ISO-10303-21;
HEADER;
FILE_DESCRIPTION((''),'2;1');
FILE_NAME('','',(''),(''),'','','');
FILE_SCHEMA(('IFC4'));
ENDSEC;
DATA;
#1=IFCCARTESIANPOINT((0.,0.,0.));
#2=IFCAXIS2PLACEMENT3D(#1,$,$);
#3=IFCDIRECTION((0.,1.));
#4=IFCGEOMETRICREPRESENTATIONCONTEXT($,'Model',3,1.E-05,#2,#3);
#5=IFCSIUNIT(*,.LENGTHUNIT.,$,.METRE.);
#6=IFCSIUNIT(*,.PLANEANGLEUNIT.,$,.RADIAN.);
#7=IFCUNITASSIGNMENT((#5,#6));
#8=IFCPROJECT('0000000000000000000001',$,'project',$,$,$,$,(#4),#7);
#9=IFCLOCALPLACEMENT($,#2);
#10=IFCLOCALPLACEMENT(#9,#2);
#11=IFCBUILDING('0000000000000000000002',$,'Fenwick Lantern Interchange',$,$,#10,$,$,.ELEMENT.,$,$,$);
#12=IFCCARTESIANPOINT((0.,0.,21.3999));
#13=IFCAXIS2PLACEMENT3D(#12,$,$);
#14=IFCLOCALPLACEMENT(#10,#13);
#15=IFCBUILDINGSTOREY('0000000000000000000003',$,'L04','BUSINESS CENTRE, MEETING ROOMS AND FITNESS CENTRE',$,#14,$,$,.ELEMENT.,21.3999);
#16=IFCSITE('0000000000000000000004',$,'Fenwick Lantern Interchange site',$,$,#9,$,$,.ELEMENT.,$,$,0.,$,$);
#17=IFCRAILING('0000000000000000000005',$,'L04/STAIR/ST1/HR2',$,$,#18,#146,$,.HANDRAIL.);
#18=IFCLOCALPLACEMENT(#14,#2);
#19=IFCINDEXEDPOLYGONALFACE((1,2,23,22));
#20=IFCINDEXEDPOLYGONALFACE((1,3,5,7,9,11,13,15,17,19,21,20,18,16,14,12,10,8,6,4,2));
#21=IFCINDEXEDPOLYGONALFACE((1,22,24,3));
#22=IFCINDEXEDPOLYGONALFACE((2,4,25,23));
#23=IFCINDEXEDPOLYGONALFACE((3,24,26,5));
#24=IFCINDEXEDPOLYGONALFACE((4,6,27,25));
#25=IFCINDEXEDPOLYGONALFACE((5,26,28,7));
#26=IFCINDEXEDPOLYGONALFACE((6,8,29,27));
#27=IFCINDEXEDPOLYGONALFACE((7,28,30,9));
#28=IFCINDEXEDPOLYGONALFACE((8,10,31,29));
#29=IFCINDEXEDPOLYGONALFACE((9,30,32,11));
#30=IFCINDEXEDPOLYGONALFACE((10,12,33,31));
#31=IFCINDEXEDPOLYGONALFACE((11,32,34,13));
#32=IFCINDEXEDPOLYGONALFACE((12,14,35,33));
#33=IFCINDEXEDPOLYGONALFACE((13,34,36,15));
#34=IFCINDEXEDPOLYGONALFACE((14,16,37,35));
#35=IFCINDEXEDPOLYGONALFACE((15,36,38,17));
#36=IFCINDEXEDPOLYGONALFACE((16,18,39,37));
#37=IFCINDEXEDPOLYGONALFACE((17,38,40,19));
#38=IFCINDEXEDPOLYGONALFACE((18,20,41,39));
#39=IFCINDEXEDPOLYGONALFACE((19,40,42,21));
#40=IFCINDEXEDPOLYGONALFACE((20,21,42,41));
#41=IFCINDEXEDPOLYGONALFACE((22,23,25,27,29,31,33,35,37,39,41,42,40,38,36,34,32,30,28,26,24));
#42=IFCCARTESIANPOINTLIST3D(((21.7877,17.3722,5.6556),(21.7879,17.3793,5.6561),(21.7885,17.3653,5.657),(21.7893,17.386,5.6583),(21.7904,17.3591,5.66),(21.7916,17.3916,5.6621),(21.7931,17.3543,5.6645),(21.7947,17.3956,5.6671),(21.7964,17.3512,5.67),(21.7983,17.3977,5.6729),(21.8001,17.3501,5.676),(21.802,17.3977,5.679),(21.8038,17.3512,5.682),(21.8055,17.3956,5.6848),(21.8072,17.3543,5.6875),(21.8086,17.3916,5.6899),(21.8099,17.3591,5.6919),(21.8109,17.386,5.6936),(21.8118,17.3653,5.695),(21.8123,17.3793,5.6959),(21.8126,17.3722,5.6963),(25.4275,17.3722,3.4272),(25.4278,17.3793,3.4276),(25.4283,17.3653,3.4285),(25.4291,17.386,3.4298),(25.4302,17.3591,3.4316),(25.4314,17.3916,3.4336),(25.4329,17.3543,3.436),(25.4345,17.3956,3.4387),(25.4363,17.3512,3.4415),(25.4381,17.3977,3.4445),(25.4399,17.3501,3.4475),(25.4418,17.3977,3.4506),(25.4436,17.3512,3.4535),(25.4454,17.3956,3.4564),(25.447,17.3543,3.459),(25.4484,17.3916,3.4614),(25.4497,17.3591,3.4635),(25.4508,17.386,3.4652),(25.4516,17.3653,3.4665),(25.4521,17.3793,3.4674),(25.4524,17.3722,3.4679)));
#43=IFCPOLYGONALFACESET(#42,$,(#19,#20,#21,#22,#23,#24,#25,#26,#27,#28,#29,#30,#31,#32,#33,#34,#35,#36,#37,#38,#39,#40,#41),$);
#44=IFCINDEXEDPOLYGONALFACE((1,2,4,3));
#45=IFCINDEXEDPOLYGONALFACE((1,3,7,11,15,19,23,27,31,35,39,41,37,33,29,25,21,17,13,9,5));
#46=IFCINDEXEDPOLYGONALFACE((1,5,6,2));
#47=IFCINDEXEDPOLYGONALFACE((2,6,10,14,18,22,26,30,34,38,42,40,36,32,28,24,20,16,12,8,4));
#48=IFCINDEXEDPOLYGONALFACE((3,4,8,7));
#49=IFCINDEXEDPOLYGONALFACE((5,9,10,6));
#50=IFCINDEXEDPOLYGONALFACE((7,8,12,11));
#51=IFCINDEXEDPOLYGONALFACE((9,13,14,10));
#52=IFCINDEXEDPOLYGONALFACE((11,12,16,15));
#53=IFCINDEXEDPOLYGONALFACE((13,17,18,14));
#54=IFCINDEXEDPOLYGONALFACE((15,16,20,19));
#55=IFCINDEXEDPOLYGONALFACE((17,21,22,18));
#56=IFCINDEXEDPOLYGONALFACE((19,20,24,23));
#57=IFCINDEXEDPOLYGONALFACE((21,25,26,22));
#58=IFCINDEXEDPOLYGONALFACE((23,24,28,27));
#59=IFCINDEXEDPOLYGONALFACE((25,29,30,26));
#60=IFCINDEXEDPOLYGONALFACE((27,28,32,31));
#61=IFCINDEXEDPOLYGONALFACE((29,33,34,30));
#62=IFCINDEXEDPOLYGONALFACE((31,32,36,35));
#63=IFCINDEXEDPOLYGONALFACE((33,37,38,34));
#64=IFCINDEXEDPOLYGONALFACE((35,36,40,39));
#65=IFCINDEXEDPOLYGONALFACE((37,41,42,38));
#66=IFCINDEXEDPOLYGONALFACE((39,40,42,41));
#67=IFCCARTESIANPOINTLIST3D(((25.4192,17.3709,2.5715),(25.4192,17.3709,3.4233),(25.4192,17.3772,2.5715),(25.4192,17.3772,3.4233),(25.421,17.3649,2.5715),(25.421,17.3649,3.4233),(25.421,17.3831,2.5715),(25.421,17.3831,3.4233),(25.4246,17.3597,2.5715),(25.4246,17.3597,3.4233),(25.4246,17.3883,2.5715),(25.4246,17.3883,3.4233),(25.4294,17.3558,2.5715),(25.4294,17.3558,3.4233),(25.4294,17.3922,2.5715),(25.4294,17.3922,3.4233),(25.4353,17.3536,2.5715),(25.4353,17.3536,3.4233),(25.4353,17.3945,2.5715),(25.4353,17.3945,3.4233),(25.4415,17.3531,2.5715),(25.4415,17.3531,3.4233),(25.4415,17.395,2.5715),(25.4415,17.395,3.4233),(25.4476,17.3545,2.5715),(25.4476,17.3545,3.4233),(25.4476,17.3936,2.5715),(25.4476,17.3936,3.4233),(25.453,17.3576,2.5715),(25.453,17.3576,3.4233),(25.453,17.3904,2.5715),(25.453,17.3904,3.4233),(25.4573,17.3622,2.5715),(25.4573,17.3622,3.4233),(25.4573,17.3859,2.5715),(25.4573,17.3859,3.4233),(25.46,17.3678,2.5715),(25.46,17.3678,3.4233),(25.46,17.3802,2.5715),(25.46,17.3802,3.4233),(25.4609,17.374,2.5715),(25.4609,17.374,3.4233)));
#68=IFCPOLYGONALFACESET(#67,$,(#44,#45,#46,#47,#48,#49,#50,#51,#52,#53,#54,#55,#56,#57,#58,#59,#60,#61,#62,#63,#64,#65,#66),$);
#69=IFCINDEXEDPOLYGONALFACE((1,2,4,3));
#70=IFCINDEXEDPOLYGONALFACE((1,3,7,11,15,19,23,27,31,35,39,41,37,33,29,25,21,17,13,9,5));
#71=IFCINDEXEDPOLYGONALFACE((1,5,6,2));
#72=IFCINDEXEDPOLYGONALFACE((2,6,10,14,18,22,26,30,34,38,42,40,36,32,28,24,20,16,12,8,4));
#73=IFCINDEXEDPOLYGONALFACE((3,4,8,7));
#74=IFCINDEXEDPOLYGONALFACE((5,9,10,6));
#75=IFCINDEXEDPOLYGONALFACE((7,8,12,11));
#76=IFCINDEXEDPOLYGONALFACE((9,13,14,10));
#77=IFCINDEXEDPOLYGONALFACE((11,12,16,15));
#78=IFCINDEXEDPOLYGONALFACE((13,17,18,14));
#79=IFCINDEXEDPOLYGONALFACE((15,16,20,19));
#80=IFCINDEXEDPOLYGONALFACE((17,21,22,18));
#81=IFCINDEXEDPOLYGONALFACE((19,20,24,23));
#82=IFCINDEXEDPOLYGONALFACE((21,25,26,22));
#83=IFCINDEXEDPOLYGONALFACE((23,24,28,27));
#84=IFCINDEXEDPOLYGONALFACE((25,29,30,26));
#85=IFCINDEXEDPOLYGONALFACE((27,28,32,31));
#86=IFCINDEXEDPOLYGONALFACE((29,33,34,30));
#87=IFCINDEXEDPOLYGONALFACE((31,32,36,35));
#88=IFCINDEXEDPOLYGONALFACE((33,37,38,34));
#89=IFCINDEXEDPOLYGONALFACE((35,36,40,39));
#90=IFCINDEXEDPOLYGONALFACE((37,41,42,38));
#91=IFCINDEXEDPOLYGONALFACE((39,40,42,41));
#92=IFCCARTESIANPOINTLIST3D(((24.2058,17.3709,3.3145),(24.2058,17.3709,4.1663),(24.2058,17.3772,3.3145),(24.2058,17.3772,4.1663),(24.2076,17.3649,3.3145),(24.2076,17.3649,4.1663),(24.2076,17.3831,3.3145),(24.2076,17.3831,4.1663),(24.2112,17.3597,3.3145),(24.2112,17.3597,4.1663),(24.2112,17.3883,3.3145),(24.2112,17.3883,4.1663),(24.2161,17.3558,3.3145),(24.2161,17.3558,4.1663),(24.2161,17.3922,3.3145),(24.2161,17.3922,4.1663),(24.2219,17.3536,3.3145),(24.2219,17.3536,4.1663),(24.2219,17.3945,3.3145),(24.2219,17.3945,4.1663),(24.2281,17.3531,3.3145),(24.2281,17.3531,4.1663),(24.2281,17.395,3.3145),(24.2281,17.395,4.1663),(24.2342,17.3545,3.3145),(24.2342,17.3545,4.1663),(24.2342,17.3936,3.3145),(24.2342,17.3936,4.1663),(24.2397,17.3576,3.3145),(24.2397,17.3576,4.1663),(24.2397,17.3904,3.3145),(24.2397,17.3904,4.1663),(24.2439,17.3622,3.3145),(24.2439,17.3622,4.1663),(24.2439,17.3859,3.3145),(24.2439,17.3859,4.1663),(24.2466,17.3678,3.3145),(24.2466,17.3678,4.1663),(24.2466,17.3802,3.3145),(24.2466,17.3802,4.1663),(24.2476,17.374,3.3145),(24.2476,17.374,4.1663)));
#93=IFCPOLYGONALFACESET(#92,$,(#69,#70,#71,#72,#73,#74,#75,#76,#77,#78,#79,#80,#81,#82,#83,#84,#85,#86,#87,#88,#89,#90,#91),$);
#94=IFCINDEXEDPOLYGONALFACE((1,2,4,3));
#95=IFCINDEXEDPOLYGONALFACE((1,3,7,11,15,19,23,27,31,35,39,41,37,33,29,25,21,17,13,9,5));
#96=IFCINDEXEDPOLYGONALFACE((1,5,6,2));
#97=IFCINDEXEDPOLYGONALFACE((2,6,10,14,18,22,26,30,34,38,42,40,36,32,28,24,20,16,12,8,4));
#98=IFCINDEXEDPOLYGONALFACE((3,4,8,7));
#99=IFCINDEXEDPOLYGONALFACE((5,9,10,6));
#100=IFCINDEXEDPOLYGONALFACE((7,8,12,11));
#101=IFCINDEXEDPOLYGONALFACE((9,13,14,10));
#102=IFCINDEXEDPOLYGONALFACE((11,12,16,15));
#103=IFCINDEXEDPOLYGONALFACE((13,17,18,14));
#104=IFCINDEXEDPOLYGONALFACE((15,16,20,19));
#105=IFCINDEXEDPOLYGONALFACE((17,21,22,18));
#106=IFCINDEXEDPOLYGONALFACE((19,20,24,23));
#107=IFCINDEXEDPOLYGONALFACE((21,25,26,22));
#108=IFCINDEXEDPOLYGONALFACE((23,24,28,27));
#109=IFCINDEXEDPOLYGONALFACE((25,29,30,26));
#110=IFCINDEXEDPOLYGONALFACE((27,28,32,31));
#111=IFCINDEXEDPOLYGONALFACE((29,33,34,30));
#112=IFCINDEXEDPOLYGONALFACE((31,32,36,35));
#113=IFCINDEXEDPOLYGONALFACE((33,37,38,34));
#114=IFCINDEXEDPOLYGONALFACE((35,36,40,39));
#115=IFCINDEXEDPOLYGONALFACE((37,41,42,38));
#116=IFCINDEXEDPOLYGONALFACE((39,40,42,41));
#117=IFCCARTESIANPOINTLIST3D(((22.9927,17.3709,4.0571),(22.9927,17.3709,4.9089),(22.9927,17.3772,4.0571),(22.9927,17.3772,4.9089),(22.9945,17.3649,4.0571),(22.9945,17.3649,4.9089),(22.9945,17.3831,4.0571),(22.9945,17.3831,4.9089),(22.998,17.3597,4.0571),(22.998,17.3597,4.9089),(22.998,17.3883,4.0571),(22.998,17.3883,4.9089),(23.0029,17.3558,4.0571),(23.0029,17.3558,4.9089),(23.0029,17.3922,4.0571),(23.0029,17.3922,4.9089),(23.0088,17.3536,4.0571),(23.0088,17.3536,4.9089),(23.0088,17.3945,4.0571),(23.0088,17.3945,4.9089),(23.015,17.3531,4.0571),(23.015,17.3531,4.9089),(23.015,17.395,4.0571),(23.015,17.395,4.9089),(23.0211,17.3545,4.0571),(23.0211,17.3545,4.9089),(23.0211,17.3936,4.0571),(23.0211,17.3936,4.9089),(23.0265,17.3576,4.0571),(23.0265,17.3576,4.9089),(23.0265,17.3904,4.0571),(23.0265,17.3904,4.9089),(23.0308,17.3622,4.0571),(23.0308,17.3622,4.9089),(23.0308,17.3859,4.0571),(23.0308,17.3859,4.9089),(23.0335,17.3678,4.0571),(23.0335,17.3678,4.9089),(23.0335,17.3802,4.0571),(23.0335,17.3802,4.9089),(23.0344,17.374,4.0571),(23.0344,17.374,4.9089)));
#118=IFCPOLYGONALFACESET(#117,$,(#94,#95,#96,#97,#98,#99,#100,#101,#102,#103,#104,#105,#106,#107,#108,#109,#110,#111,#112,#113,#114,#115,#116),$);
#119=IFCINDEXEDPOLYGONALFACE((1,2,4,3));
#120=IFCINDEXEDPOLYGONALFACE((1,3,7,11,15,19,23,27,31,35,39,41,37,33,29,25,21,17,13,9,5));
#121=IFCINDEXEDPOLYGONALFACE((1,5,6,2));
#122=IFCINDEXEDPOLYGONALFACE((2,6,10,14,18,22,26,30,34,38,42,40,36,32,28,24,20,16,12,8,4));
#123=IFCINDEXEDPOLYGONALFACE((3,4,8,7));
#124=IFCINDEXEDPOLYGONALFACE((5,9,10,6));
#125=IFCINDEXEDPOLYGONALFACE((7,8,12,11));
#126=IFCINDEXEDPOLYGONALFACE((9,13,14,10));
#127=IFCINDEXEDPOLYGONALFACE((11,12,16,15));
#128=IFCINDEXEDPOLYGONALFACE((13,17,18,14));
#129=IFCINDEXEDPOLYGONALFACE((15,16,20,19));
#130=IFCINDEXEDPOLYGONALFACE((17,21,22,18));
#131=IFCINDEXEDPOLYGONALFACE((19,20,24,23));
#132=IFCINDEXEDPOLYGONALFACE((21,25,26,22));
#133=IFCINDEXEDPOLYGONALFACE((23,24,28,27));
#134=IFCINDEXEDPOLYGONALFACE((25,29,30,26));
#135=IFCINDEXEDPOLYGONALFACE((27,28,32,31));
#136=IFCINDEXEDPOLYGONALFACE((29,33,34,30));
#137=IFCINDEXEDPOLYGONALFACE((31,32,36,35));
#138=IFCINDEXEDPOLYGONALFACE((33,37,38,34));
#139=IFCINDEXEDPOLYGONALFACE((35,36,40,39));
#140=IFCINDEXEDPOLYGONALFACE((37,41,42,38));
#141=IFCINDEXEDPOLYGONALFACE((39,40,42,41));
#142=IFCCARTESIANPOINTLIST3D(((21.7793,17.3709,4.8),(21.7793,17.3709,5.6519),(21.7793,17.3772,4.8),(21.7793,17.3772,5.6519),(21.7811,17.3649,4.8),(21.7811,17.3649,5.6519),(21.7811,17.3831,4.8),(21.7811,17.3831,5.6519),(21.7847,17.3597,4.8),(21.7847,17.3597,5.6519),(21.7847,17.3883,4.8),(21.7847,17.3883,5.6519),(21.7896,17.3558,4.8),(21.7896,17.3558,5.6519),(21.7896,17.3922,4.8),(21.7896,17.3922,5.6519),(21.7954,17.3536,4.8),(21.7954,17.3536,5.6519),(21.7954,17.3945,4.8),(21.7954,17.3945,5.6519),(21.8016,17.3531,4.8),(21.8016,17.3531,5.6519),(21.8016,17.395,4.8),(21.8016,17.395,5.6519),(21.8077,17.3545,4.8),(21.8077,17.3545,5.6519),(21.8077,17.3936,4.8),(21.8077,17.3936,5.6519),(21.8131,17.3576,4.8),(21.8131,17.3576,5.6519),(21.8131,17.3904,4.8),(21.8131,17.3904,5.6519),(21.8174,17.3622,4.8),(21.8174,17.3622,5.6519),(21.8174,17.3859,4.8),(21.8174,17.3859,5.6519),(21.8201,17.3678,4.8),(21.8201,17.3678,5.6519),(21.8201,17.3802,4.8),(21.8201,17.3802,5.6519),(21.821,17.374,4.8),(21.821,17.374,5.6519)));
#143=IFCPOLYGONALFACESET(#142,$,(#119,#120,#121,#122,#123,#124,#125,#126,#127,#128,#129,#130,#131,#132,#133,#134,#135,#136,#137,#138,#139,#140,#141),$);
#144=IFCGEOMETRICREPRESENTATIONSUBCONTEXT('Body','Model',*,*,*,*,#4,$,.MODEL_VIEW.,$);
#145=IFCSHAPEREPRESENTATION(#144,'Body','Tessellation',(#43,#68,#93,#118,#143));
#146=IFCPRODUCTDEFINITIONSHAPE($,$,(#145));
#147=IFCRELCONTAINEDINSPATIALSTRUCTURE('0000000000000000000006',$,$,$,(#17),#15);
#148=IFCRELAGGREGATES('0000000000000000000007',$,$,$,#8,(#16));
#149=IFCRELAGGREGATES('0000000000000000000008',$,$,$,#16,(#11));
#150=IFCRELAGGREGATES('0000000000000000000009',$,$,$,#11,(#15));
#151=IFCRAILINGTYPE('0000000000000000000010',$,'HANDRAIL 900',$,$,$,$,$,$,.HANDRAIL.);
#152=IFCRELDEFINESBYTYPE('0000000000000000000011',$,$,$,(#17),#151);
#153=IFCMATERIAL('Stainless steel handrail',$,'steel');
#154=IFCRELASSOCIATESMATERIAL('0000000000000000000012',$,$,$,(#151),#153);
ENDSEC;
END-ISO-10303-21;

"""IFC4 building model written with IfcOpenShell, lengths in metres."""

from ifc_helpers import new_model, si_unit, direction, frame, origin, origin_2d, place, context, subcontext, project, spatial, circle, extrude, material, type_object, element, save


model = new_model("IFC4")

# Units and contexts
model_context = context("Model", 3, precision=1e-05, world=origin(), true_north=direction((0.0, 1.0)))
body_context = subcontext(model_context, "Body", "Model", "MODEL_VIEW")
ifc_project = project(units=[si_unit("LENGTHUNIT", "METRE"), si_unit("PLANEANGLEUNIT", "RADIAN")], contexts=[model_context])

# Site, building, storey
site_placement = place(None, origin())
site = spatial("IfcSite", under=ifc_project, at=site_placement, Name="Fenwick Lantern Interchange site", CompositionType="ELEMENT", RefElevation=0.0)
building_placement = place(site_placement, origin())
building = spatial("IfcBuilding", under=site, at=building_placement, Name="Fenwick Lantern Interchange", CompositionType="ELEMENT")
storey_placement = place(building_placement, frame((0.0, 0.0, 21.3999)))
storey = spatial("IfcBuildingStorey", under=building, at=storey_placement, Name="L04", Description="BUSINESS CENTRE, MEETING ROOMS AND FITNESS CENTRE", CompositionType="ELEMENT", Elevation=21.3999)

# Railing
ifc_material_1 = material(Name="Stainless steel handrail", Category="steel")
railing_type = type_object("IfcRailingType", Name="HANDRAIL 900", PredefinedType="HANDRAIL", material=ifc_material_1)
railing_1_placement = place(storey_placement, frame((25.4399, 17.374, 2.5715)))
element("IfcRailing", 1, at=railing_1_placement, inside=storey, type_object=railing_type, Name="L04/STAIR/ST1/HR2", PredefinedType="HANDRAIL", context=body_context, shape_type="SweptSolid", body=[
    extrude(circle(Radius=0.0239, at=origin_2d()), frame((0.0, 0.0, 0.876), z_axis=(-0.85285, 0.0, 0.522156), x_axis=(0.0, -1.0, 0.0)), (0.0, 0.0, 1.0), 4.2678),
    extrude(circle(Radius=0.021, at=origin_2d()), origin(), (0.0, 0.0, 1.0), 0.8518),
    extrude(circle(Radius=0.021, at=origin_2d()), frame((-1.2134, 0.0, 0.7429)), (0.0, 0.0, 1.0), 0.8518),
    extrude(circle(Radius=0.021, at=origin_2d()), frame((-2.4265, 0.0, 1.4856)), (0.0, 0.0, 1.0), 0.8518),
    extrude(circle(Radius=0.021, at=origin_2d()), frame((-3.6399, 0.0, 2.2285)), (0.0, 0.0, 1.0), 0.8518),
])

save(model, "model.ifc")
